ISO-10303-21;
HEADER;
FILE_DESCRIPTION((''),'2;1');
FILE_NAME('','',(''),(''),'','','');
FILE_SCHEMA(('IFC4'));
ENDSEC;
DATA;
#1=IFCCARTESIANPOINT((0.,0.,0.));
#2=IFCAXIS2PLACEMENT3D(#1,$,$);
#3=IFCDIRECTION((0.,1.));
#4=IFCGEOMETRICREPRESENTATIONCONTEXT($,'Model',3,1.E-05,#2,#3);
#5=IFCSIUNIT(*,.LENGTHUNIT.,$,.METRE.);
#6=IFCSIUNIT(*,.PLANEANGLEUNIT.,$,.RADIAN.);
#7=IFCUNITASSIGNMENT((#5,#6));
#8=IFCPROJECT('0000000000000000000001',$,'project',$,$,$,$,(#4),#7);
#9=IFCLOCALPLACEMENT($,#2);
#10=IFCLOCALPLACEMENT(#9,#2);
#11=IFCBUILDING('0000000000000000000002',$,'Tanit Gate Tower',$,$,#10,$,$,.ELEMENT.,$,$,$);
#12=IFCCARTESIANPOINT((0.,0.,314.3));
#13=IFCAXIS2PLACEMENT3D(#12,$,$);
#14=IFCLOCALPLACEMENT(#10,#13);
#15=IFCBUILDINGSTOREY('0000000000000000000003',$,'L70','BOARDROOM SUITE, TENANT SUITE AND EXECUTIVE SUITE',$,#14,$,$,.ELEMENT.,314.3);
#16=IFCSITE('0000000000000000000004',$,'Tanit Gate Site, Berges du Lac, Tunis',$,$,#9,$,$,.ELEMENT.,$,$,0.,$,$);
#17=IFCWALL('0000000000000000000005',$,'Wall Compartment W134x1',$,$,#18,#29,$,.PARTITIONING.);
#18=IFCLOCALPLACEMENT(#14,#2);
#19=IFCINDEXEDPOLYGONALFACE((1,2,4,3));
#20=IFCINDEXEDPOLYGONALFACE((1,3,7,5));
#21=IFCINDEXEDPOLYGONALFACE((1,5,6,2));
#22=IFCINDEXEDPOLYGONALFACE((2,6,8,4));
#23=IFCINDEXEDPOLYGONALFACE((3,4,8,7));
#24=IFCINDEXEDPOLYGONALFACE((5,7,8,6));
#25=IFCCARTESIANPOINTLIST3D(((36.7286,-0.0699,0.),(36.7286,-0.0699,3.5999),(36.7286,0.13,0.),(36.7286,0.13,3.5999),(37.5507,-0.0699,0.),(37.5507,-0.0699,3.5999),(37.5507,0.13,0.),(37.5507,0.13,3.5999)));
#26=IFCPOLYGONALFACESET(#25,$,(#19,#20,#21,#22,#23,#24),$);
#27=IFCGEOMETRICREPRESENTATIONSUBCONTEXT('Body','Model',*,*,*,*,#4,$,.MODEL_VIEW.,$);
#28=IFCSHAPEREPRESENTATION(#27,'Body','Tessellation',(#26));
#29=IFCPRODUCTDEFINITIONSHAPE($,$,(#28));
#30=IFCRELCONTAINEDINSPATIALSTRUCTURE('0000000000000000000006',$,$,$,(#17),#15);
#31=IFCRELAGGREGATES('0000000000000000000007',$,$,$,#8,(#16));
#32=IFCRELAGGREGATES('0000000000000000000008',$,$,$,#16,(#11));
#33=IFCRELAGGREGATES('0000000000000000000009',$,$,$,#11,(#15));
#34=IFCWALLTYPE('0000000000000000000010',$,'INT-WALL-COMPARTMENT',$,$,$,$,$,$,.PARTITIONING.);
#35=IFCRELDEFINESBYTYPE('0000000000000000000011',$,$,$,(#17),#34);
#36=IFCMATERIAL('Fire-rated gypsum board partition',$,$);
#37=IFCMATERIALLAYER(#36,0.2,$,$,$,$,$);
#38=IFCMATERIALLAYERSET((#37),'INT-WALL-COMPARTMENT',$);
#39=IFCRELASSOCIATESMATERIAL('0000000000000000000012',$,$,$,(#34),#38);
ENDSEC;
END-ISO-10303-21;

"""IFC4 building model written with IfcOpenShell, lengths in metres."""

from ifc_helpers import new_model, si_unit, direction, frame, frame_2d, origin, place, context, subcontext, project, spatial, rectangle, extrude, material, layer, layer_set, type_object, element, save


model = new_model("IFC4")

# Units and contexts
model_context = context("Model", 3, precision=1e-05, world=origin(), true_north=direction((0.0, 1.0)))
body_context = subcontext(model_context, "Body", "Model", "MODEL_VIEW")
ifc_project = project(units=[si_unit("LENGTHUNIT", "METRE"), si_unit("PLANEANGLEUNIT", "RADIAN")], contexts=[model_context])

# Site, building, storey
site_placement = place(None, origin())
site = spatial("IfcSite", under=ifc_project, at=site_placement, Name="Tanit Gate Site, Berges du Lac, Tunis", CompositionType="ELEMENT", RefElevation=0.0)
building_placement = place(site_placement, origin())
building = spatial("IfcBuilding", under=site, at=building_placement, Name="Tanit Gate Tower", CompositionType="ELEMENT")
storey_placement = place(building_placement, frame((0.0, 0.0, 314.3)))
storey = spatial("IfcBuildingStorey", under=building, at=storey_placement, Name="L70", Description="BOARDROOM SUITE, TENANT SUITE AND EXECUTIVE SUITE", CompositionType="ELEMENT", Elevation=314.3)

# Wall
ifc_material_1 = material(Name="Fire-rated gypsum board partition")
ifc_layer_1 = layer(ifc_material_1, 0.2)
ifc_layer_set_1 = layer_set([ifc_layer_1], Name="INT-WALL-COMPARTMENT")
wall_type_1 = type_object("IfcWallType", Name="INT-WALL-COMPARTMENT", PredefinedType="PARTITIONING", material=ifc_layer_set_1)
wall_1_placement = place(storey_placement, frame((36.7285, 0.03, 0.0), z_axis=(0.0, 0.0, 1.0), x_axis=(1.0, 0.0, 0.0)))
element("IfcWall", 1, at=wall_1_placement, inside=storey, type_object=wall_type_1, Name="Wall Compartment W134x1", PredefinedType="PARTITIONING", context=body_context, shape_type="SweptSolid", body=[
    extrude(rectangle(XDim=0.822, YDim=0.2, at=frame_2d((0.4111, 0.0))), origin(), (0.0, 0.0, 1.0), 3.5999),
])

save(model, "model.ifc")
